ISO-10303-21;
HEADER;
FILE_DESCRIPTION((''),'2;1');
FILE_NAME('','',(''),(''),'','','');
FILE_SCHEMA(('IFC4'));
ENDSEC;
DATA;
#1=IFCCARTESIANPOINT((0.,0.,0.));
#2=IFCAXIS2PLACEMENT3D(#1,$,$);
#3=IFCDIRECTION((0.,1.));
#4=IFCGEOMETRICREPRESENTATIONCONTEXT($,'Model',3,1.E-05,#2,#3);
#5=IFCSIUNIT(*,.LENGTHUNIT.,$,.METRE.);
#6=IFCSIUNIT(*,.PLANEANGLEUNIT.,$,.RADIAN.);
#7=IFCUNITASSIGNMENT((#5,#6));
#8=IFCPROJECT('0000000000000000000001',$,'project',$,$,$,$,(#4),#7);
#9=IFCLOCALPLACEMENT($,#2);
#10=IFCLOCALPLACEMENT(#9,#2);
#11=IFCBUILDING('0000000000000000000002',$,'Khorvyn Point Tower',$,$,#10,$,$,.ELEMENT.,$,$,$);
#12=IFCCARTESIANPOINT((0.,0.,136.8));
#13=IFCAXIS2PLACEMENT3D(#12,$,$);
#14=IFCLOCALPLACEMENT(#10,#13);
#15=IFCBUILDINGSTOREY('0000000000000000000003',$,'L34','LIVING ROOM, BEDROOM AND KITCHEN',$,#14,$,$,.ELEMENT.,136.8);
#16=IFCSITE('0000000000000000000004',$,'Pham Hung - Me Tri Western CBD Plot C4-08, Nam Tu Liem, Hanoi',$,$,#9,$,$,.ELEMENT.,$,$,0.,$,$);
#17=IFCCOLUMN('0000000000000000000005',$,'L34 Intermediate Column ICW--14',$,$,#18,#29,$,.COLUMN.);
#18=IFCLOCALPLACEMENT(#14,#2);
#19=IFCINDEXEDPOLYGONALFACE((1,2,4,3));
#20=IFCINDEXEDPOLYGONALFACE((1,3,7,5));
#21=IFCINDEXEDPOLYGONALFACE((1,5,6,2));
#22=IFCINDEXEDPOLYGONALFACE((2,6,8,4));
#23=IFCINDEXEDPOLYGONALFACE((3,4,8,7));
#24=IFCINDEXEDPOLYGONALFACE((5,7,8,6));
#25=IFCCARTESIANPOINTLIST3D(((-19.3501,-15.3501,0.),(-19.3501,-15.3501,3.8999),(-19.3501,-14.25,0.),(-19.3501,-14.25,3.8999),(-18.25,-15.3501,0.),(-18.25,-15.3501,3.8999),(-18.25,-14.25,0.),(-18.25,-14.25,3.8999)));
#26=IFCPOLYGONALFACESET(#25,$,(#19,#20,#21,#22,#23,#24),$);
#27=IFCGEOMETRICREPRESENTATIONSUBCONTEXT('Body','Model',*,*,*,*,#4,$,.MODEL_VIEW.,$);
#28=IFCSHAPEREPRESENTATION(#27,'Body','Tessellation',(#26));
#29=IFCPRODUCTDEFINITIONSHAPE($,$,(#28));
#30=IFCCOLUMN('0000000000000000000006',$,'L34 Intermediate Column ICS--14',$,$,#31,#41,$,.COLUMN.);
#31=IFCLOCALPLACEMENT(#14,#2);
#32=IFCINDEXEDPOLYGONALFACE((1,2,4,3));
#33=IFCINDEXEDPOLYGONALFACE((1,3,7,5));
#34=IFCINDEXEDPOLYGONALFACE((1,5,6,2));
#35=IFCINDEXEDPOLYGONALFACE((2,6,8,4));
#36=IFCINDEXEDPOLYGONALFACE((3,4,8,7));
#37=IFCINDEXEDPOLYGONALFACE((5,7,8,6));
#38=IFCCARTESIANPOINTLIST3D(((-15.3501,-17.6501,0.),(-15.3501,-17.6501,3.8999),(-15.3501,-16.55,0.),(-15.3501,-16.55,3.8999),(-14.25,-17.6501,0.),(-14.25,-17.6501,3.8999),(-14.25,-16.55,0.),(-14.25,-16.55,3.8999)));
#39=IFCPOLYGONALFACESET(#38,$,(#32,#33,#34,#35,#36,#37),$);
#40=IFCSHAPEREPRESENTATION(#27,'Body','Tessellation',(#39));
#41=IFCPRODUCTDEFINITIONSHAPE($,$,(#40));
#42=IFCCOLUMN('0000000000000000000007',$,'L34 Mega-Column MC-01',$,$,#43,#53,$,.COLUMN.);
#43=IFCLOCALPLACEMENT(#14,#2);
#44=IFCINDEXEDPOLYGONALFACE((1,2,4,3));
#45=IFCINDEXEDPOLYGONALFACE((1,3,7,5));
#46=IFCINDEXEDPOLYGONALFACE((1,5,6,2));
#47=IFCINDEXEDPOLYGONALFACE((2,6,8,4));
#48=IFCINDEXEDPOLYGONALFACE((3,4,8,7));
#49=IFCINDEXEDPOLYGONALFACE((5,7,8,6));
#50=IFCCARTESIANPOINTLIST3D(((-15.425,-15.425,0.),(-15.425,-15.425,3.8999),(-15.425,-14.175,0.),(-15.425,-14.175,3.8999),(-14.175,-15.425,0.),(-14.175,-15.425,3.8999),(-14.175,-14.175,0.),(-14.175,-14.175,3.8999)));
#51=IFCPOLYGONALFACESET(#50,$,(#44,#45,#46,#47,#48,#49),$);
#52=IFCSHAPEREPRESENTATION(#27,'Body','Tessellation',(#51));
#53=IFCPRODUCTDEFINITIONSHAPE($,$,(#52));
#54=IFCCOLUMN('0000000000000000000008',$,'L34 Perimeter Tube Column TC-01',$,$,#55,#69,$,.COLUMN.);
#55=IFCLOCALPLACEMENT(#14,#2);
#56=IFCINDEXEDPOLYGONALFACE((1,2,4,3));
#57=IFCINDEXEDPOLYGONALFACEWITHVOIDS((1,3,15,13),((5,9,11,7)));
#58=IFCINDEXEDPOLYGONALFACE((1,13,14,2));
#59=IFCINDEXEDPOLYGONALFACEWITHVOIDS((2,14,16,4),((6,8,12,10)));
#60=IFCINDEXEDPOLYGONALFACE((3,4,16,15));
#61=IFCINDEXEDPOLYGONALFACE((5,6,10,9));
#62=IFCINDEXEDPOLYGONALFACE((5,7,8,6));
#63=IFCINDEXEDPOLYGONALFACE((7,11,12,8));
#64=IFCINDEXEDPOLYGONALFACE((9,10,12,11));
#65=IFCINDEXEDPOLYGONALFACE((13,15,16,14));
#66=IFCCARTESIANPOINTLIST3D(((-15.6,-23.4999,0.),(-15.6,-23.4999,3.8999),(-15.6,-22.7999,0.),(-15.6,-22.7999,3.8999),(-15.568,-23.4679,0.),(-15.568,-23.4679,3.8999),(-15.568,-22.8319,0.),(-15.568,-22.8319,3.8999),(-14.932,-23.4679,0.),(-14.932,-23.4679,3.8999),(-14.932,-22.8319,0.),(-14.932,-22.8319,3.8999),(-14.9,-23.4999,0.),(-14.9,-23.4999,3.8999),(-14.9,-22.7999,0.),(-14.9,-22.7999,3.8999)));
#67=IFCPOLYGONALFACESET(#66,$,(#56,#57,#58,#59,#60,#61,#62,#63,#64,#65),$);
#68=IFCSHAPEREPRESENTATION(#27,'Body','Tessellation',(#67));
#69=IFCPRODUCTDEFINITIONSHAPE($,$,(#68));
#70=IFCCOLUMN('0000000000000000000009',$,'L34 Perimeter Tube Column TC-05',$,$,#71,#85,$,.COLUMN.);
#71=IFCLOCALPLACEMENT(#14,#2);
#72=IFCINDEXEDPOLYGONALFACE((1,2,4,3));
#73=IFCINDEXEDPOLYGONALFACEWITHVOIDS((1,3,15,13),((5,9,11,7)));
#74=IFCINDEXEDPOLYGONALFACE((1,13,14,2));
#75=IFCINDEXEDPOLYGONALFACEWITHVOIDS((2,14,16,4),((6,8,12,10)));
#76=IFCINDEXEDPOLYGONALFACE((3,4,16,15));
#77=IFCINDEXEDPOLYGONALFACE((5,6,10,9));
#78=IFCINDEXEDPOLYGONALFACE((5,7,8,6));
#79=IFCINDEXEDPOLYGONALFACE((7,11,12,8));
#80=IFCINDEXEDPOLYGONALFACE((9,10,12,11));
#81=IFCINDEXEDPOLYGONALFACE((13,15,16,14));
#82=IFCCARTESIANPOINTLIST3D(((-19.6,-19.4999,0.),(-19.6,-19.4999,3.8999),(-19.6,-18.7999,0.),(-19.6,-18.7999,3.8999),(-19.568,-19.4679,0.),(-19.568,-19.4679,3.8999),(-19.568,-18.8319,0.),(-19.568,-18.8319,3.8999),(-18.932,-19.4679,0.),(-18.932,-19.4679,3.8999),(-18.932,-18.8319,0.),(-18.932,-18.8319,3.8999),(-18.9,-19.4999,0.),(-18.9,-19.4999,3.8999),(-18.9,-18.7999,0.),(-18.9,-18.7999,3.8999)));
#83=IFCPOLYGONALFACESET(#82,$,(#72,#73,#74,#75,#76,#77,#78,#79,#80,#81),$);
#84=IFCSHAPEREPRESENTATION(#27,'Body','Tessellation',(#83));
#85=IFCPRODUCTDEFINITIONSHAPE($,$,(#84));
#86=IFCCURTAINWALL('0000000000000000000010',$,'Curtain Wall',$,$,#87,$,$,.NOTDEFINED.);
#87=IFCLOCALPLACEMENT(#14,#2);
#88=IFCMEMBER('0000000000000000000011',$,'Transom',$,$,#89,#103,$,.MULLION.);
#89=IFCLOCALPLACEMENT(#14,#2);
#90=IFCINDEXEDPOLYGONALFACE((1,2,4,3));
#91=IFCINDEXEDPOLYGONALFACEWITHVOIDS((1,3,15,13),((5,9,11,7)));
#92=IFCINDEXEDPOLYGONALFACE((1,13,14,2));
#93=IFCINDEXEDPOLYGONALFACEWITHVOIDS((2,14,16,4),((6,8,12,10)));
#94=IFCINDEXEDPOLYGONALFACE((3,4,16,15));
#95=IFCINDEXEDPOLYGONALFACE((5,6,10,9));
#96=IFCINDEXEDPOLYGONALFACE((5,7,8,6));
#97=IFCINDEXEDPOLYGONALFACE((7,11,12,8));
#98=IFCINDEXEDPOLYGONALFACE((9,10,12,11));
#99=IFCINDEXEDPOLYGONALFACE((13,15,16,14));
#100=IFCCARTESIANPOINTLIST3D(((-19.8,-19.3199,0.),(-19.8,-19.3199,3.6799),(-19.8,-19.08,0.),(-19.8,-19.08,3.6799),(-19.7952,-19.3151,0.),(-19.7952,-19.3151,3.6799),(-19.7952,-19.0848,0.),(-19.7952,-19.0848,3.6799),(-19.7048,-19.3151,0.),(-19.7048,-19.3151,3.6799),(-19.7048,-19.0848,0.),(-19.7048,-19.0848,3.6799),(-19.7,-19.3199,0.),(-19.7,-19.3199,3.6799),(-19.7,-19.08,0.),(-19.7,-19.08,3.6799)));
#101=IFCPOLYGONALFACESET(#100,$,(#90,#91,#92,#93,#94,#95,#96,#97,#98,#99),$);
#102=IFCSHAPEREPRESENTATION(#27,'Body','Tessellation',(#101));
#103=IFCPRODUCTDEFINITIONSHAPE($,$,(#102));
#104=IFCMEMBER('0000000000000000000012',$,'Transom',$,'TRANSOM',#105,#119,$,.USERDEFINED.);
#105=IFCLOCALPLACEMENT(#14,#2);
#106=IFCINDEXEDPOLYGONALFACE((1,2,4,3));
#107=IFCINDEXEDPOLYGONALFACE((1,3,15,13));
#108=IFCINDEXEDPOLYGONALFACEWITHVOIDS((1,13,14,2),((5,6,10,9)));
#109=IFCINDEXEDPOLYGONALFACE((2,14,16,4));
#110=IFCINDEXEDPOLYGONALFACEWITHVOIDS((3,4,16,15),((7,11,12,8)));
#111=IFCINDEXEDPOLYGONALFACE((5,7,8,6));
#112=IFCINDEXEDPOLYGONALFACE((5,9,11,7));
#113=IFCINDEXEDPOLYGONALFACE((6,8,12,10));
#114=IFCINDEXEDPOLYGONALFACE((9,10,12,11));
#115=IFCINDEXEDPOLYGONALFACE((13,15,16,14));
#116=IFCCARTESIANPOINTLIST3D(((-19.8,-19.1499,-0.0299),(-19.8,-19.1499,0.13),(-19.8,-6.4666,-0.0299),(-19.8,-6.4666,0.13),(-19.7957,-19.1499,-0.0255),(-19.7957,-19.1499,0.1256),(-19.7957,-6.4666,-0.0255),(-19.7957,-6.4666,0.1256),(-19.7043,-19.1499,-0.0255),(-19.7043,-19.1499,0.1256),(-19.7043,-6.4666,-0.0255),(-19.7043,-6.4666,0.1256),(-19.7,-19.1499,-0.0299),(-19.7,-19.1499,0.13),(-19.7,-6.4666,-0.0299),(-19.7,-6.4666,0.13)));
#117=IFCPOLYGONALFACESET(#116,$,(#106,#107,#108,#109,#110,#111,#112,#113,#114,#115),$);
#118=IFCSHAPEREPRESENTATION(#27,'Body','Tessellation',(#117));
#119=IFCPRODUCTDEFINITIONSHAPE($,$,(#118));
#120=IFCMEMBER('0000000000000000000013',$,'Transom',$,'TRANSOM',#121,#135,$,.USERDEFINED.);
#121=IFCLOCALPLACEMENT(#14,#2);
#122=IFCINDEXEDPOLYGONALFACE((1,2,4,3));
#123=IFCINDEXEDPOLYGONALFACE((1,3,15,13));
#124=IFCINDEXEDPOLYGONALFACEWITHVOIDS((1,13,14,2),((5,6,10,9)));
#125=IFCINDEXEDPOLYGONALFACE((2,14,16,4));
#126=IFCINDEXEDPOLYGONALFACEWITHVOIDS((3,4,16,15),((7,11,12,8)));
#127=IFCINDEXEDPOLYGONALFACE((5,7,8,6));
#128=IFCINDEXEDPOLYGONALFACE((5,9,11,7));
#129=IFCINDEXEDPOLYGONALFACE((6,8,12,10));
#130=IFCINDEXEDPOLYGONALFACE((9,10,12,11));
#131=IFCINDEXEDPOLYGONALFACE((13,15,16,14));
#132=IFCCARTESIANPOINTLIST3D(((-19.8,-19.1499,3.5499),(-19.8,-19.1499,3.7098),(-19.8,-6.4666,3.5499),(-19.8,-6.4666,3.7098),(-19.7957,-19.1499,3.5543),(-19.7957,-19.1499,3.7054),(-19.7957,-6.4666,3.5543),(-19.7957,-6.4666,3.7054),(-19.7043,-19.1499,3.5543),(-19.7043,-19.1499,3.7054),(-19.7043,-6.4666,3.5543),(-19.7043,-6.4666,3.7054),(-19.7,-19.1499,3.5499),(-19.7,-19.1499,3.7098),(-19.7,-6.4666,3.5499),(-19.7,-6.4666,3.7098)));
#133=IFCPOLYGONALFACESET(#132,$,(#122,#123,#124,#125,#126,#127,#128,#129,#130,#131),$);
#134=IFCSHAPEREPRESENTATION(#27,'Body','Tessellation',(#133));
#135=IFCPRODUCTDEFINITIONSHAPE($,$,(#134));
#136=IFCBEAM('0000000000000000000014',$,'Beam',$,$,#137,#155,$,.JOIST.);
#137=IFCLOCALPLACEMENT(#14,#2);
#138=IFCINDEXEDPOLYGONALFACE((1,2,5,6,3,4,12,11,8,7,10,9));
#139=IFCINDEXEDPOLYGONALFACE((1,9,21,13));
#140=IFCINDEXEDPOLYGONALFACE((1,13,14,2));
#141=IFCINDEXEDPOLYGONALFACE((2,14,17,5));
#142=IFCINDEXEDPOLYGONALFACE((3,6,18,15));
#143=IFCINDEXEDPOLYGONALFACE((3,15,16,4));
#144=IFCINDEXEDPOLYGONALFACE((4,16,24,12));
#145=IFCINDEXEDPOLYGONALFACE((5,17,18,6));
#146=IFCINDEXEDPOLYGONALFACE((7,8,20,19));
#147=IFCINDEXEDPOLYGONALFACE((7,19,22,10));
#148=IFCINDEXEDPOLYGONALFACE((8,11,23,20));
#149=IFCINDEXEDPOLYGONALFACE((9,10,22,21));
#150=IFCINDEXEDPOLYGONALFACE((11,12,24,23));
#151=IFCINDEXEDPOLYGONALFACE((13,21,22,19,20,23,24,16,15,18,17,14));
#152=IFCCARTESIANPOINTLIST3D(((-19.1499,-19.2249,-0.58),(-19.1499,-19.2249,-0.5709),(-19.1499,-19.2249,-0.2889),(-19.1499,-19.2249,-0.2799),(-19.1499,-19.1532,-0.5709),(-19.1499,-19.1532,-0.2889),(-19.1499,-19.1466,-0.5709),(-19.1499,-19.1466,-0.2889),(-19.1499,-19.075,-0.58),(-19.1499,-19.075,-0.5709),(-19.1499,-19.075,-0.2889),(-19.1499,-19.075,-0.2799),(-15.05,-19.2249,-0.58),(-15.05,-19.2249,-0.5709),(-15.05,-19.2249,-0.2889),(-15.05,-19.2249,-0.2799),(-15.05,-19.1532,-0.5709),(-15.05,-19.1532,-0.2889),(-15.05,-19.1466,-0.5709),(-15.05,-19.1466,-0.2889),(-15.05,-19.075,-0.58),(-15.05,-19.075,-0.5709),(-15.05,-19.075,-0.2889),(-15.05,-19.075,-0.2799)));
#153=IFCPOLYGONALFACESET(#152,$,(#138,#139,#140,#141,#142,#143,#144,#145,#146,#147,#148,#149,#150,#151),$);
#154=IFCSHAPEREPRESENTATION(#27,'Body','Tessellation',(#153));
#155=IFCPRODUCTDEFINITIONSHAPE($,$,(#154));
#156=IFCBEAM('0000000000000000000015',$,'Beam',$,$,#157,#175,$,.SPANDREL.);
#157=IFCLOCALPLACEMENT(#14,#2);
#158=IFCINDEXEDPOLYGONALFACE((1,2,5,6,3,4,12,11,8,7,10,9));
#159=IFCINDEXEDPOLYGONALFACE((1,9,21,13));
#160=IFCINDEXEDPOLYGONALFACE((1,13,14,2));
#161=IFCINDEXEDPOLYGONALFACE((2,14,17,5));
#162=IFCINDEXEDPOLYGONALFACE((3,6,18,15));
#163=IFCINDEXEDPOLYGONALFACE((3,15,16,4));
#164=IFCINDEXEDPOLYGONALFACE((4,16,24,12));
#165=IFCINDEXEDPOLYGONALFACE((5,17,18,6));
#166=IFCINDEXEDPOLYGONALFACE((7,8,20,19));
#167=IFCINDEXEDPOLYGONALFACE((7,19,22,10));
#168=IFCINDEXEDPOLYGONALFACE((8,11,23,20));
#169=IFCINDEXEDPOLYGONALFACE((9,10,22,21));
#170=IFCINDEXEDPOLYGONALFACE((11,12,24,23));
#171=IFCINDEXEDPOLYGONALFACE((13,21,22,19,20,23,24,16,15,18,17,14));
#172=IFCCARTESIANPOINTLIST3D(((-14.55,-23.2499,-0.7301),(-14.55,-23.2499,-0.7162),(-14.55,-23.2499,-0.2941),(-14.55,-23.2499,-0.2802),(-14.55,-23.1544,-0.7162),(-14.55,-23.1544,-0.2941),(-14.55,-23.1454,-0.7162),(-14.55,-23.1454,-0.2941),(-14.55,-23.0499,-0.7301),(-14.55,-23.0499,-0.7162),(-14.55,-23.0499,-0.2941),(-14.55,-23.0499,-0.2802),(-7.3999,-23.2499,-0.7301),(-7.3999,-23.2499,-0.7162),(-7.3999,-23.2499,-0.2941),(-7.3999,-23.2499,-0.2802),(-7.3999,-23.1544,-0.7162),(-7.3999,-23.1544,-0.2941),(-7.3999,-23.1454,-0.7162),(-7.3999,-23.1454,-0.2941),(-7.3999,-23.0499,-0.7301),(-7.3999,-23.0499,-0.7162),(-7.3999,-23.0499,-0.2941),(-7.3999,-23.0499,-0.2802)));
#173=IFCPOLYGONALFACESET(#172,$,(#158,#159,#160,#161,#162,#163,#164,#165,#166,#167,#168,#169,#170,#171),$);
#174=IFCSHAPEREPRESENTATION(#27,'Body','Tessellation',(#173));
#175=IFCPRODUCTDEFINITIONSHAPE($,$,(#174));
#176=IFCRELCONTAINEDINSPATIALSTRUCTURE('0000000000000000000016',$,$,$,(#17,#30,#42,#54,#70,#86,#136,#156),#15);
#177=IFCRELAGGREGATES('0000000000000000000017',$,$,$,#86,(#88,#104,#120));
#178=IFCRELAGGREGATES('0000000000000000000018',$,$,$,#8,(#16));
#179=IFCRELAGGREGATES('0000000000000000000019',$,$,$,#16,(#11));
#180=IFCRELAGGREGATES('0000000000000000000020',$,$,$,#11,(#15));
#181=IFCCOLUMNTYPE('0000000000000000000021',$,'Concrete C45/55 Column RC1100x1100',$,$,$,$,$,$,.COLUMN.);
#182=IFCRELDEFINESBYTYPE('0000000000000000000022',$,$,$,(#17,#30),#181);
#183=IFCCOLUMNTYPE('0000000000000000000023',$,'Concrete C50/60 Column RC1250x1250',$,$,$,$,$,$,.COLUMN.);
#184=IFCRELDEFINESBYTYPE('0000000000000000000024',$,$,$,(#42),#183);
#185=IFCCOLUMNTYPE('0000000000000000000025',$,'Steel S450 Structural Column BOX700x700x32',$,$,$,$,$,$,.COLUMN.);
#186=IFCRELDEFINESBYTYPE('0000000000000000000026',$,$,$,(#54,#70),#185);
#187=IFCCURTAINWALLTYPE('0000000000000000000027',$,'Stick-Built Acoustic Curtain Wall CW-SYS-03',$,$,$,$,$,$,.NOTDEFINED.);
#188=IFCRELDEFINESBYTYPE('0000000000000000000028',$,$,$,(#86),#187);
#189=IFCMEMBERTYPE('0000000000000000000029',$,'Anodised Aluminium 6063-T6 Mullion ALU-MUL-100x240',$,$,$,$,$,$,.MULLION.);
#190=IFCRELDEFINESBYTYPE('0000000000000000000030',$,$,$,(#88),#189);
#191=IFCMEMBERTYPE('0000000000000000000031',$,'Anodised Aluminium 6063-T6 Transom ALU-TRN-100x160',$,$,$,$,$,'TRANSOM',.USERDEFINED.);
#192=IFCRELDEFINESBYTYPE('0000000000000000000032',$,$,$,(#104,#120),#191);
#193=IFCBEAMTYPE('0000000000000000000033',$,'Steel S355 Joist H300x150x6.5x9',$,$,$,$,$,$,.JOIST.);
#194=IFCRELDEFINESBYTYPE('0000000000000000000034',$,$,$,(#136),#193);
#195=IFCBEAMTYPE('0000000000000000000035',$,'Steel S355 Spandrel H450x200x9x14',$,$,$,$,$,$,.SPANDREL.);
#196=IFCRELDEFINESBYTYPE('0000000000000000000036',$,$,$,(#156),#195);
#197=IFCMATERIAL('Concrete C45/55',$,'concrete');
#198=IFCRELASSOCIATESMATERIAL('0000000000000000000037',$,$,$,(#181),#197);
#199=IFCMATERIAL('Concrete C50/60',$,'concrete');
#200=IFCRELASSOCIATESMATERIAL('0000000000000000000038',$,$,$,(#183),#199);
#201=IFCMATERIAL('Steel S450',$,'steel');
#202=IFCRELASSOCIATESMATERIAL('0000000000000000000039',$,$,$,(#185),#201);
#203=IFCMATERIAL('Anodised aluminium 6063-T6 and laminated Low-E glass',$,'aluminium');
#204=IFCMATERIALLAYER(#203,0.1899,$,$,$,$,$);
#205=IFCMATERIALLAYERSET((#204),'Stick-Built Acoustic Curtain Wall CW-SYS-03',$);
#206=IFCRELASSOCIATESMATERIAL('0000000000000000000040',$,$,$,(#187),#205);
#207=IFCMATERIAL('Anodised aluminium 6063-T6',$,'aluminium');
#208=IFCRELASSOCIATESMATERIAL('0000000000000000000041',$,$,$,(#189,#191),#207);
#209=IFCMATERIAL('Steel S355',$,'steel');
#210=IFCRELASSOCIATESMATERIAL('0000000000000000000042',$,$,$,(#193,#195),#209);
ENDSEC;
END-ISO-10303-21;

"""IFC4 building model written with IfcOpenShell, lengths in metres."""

from ifc_helpers import new_model, si_unit, direction, frame, origin, origin_2d, place, context, subcontext, project, spatial, rectangle, hollow_rectangle, i_section, extrude, material, layer, layer_set, material_profile, profile_set, type_object, element, aggregate, save


model = new_model("IFC4")

# Units and contexts
model_context = context("Model", 3, precision=1e-05, world=origin(), true_north=direction((0.0, 1.0)))
body_context = subcontext(model_context, "Body", "Model", "MODEL_VIEW")
ifc_project = project(units=[si_unit("LENGTHUNIT", "METRE"), si_unit("PLANEANGLEUNIT", "RADIAN")], contexts=[model_context])

# Site, building, storey
site_placement = place(None, origin())
site = spatial("IfcSite", under=ifc_project, at=site_placement, Name="Pham Hung - Me Tri Western CBD Plot C4-08, Nam Tu Liem, Hanoi", CompositionType="ELEMENT", RefElevation=0.0)
building_placement = place(site_placement, origin())
building = spatial("IfcBuilding", under=site, at=building_placement, Name="Khorvyn Point Tower", CompositionType="ELEMENT")
storey_placement = place(building_placement, frame((0.0, 0.0, 136.8)))
storey = spatial("IfcBuildingStorey", under=building, at=storey_placement, Name="L34", Description="LIVING ROOM, BEDROOM AND KITCHEN", CompositionType="ELEMENT", Elevation=136.8)

# Columns
ifc_material_1 = material(Name="Concrete C45/55", Category="concrete")
ifc_material_profile_1 = material_profile(ifc_material_1, rectangle(XDim=1.1001, YDim=1.1001, at=origin_2d()))
ifc_profile_set_1 = profile_set([ifc_material_profile_1], Name="Concrete C45/55 RC1100x1100")
column_type_1 = type_object("IfcColumnType", Name="Concrete C45/55 Column RC1100x1100", PredefinedType="COLUMN", material=ifc_profile_set_1)
for number, where, z_axis, x_axis, name in (
    (1, (-18.8, -14.8, 0.0), (0.0, 0.0, 1.0), (1.0, 0.0, 0.0), "L34 Intermediate Column ICW--14"),
    (2, (-14.8, -17.1001, 0.0), (0.0, 0.0, 1.0), (1.0, 0.0, 0.0), "L34 Intermediate Column ICS--14"),
):
    element("IfcColumn", number, at=place(storey_placement, frame(where, z_axis=z_axis, x_axis=x_axis)), inside=storey, type_object=column_type_1, Name=name, PredefinedType="COLUMN", context=body_context, shape_type="SweptSolid", body=[
        extrude(rectangle(XDim=1.1001, YDim=1.1001, at=origin_2d()), origin(), (0.0, 0.0, 1.0), 3.8999),
    ])
ifc_material_2 = material(Name="Concrete C50/60", Category="concrete")
ifc_material_profile_2 = material_profile(ifc_material_2, rectangle(XDim=1.25, YDim=1.25, at=origin_2d()))
ifc_profile_set_2 = profile_set([ifc_material_profile_2], Name="Concrete C50/60 RC1250x1250")
column_type_2 = type_object("IfcColumnType", Name="Concrete C50/60 Column RC1250x1250", PredefinedType="COLUMN", material=ifc_profile_set_2)
column_placement = place(storey_placement, frame((-14.8, -14.8, 0.0), z_axis=(0.0, 0.0, 1.0), x_axis=(1.0, 0.0, 0.0)))
element("IfcColumn", 3, at=column_placement, inside=storey, type_object=column_type_2, Name="L34 Mega-Column MC-01", PredefinedType="COLUMN", context=body_context, shape_type="SweptSolid", body=[
    extrude(rectangle(XDim=1.25, YDim=1.25, at=origin_2d()), origin(), (0.0, 0.0, 1.0), 3.8999),
])
ifc_material_3 = material(Name="Steel S450", Category="steel")
ifc_material_profile_3 = material_profile(ifc_material_3, hollow_rectangle(XDim=0.7, YDim=0.7, WallThickness=0.032, at=origin_2d()))
ifc_profile_set_3 = profile_set([ifc_material_profile_3], Name="Steel S450 BOX700x700x32")
column_type_3 = type_object("IfcColumnType", Name="Steel S450 Structural Column BOX700x700x32", PredefinedType="COLUMN", material=ifc_profile_set_3)
for number, where, z_axis, x_axis, name in (
    (4, (-15.25, -23.1499, 0.0), (0.0, 0.0, 1.0), (1.0, 0.0, 0.0), "L34 Perimeter Tube Column TC-01"),
    (5, (-19.25, -19.1499, 0.0), (0.0, 0.0, 1.0), (1.0, 0.0, 0.0), "L34 Perimeter Tube Column TC-05"),
):
    element("IfcColumn", number, at=place(storey_placement, frame(where, z_axis=z_axis, x_axis=x_axis)), inside=storey, type_object=column_type_3, Name=name, PredefinedType="COLUMN", context=body_context, shape_type="SweptSolid", body=[
        extrude(hollow_rectangle(XDim=0.7, YDim=0.7, WallThickness=0.032, at=origin_2d()), origin(), (0.0, 0.0, 1.0), 3.8999),
    ])

# Curtain wall, members
ifc_material_4 = material(Name="Anodised aluminium 6063-T6 and laminated Low-E glass", Category="aluminium")
ifc_layer_1 = layer(ifc_material_4, 0.1899)
ifc_layer_set_1 = layer_set([ifc_layer_1], Name="Stick-Built Acoustic Curtain Wall CW-SYS-03")
curtain_wall_type = type_object("IfcCurtainWallType", Name="Stick-Built Acoustic Curtain Wall CW-SYS-03", PredefinedType="NOTDEFINED", material=ifc_layer_set_1)
curtain_wall_placement = place(storey_placement, origin())
curtain_wall = element("IfcCurtainWall", 6, at=curtain_wall_placement, inside=storey, type_object=curtain_wall_type, Name="Curtain Wall", PredefinedType="NOTDEFINED")
ifc_material_5 = material(Name="Anodised aluminium 6063-T6", Category="aluminium")
ifc_material_profile_4 = material_profile(ifc_material_5, hollow_rectangle(XDim=0.1001, YDim=0.24, WallThickness=0.0049, at=origin_2d()))
ifc_profile_set_4 = profile_set([ifc_material_profile_4], Name="Anodised aluminium 6063-T6 ALU-MUL-100x240")
member_type_1 = type_object("IfcMemberType", Name="Anodised Aluminium 6063-T6 Mullion ALU-MUL-100x240", PredefinedType="MULLION", material=ifc_profile_set_4)
member_1_placement = place(storey_placement, frame((-19.75, -19.2, 0.0), z_axis=(0.0, 0.0, 1.0), x_axis=(-1.0, 0.0, 0.0)))
member_1 = element("IfcMember", 7, at=member_1_placement, type_object=member_type_1, Name="Transom", PredefinedType="MULLION", context=body_context, shape_type="SweptSolid", body=[
    extrude(hollow_rectangle(XDim=0.1001, YDim=0.24, WallThickness=0.0049, at=origin_2d()), origin(), (0.0, 0.0, 1.0), 3.6799),
])
ifc_material_profile_5 = material_profile(ifc_material_5, hollow_rectangle(XDim=0.1001, YDim=0.1599, WallThickness=0.0044, at=origin_2d()))
ifc_profile_set_5 = profile_set([ifc_material_profile_5], Name="Anodised aluminium 6063-T6 ALU-TRN-100x160")
member_type_2 = type_object("IfcMemberType", Name="Anodised Aluminium 6063-T6 Transom ALU-TRN-100x160", ElementType="TRANSOM", PredefinedType="USERDEFINED", material=ifc_profile_set_5)
member_2_placement = place(storey_placement, frame((-19.75, -19.1499, 0.05), z_axis=(0.0, 1.0, 0.0), x_axis=(-1.0, 0.0, 0.0)))
member_2 = element("IfcMember", 8, at=member_2_placement, type_object=member_type_2, Name="Transom", ObjectType="TRANSOM", PredefinedType="USERDEFINED", context=body_context, shape_type="SweptSolid", body=[
    extrude(hollow_rectangle(XDim=0.1001, YDim=0.1599, WallThickness=0.0044, at=origin_2d()), origin(), (0.0, 0.0, 1.0), 12.6833),
])
member_3_placement = place(storey_placement, frame((-19.75, -19.1499, 3.6299), z_axis=(0.0, 1.0, 0.0), x_axis=(-1.0, 0.0, 0.0)))
member_3 = element("IfcMember", 9, at=member_3_placement, type_object=member_type_2, Name="Transom", ObjectType="TRANSOM", PredefinedType="USERDEFINED", context=body_context, shape_type="SweptSolid", body=[
    extrude(hollow_rectangle(XDim=0.1001, YDim=0.1599, WallThickness=0.0044, at=origin_2d()), origin(), (0.0, 0.0, 1.0), 12.6833),
])

# Beams
ifc_material_6 = material(Name="Steel S355", Category="steel")
ifc_material_profile_6 = material_profile(ifc_material_6, i_section(OverallWidth=0.1499, OverallDepth=0.3, WebThickness=0.0066, FlangeThickness=0.009, at=origin_2d()))
ifc_profile_set_6 = profile_set([ifc_material_profile_6], Name="Steel S355 H300x150x6.5x9")
beam_type_1 = type_object("IfcBeamType", Name="Steel S355 Joist H300x150x6.5x9", PredefinedType="JOIST", material=ifc_profile_set_6)
beam_1_placement = place(storey_placement, frame((-19.1499, -19.1499, -0.4299), z_axis=(1.0, 0.0, 0.0), x_axis=(0.0, 1.0, 0.0)))
element("IfcBeam", 10, at=beam_1_placement, inside=storey, type_object=beam_type_1, Name="Beam", PredefinedType="JOIST", context=body_context, shape_type="SweptSolid", body=[
    extrude(i_section(OverallWidth=0.1499, OverallDepth=0.3, WebThickness=0.0066, FlangeThickness=0.009, at=origin_2d()), origin(), (0.0, 0.0, 1.0), 4.0999),
])
ifc_material_profile_7 = material_profile(ifc_material_6, i_section(OverallWidth=0.2, OverallDepth=0.45, WebThickness=0.009, FlangeThickness=0.0139, at=origin_2d()))
ifc_profile_set_7 = profile_set([ifc_material_profile_7], Name="Steel S355 H450x200x9x14")
beam_type_2 = type_object("IfcBeamType", Name="Steel S355 Spandrel H450x200x9x14", PredefinedType="SPANDREL", material=ifc_profile_set_7)
beam_2_placement = place(storey_placement, frame((-14.55, -23.1499, -0.5051), z_axis=(1.0, 0.0, 0.0), x_axis=(0.0, 1.0, 0.0)))
element("IfcBeam", 11, at=beam_2_placement, inside=storey, type_object=beam_type_2, Name="Beam", PredefinedType="SPANDREL", context=body_context, shape_type="SweptSolid", body=[
    extrude(i_section(OverallWidth=0.2, OverallDepth=0.45, WebThickness=0.009, FlangeThickness=0.0139, at=origin_2d()), origin(), (0.0, 0.0, 1.0), 7.1501),
])

aggregate(curtain_wall, [member_1, member_2, member_3])

save(model, "model.ifc")
